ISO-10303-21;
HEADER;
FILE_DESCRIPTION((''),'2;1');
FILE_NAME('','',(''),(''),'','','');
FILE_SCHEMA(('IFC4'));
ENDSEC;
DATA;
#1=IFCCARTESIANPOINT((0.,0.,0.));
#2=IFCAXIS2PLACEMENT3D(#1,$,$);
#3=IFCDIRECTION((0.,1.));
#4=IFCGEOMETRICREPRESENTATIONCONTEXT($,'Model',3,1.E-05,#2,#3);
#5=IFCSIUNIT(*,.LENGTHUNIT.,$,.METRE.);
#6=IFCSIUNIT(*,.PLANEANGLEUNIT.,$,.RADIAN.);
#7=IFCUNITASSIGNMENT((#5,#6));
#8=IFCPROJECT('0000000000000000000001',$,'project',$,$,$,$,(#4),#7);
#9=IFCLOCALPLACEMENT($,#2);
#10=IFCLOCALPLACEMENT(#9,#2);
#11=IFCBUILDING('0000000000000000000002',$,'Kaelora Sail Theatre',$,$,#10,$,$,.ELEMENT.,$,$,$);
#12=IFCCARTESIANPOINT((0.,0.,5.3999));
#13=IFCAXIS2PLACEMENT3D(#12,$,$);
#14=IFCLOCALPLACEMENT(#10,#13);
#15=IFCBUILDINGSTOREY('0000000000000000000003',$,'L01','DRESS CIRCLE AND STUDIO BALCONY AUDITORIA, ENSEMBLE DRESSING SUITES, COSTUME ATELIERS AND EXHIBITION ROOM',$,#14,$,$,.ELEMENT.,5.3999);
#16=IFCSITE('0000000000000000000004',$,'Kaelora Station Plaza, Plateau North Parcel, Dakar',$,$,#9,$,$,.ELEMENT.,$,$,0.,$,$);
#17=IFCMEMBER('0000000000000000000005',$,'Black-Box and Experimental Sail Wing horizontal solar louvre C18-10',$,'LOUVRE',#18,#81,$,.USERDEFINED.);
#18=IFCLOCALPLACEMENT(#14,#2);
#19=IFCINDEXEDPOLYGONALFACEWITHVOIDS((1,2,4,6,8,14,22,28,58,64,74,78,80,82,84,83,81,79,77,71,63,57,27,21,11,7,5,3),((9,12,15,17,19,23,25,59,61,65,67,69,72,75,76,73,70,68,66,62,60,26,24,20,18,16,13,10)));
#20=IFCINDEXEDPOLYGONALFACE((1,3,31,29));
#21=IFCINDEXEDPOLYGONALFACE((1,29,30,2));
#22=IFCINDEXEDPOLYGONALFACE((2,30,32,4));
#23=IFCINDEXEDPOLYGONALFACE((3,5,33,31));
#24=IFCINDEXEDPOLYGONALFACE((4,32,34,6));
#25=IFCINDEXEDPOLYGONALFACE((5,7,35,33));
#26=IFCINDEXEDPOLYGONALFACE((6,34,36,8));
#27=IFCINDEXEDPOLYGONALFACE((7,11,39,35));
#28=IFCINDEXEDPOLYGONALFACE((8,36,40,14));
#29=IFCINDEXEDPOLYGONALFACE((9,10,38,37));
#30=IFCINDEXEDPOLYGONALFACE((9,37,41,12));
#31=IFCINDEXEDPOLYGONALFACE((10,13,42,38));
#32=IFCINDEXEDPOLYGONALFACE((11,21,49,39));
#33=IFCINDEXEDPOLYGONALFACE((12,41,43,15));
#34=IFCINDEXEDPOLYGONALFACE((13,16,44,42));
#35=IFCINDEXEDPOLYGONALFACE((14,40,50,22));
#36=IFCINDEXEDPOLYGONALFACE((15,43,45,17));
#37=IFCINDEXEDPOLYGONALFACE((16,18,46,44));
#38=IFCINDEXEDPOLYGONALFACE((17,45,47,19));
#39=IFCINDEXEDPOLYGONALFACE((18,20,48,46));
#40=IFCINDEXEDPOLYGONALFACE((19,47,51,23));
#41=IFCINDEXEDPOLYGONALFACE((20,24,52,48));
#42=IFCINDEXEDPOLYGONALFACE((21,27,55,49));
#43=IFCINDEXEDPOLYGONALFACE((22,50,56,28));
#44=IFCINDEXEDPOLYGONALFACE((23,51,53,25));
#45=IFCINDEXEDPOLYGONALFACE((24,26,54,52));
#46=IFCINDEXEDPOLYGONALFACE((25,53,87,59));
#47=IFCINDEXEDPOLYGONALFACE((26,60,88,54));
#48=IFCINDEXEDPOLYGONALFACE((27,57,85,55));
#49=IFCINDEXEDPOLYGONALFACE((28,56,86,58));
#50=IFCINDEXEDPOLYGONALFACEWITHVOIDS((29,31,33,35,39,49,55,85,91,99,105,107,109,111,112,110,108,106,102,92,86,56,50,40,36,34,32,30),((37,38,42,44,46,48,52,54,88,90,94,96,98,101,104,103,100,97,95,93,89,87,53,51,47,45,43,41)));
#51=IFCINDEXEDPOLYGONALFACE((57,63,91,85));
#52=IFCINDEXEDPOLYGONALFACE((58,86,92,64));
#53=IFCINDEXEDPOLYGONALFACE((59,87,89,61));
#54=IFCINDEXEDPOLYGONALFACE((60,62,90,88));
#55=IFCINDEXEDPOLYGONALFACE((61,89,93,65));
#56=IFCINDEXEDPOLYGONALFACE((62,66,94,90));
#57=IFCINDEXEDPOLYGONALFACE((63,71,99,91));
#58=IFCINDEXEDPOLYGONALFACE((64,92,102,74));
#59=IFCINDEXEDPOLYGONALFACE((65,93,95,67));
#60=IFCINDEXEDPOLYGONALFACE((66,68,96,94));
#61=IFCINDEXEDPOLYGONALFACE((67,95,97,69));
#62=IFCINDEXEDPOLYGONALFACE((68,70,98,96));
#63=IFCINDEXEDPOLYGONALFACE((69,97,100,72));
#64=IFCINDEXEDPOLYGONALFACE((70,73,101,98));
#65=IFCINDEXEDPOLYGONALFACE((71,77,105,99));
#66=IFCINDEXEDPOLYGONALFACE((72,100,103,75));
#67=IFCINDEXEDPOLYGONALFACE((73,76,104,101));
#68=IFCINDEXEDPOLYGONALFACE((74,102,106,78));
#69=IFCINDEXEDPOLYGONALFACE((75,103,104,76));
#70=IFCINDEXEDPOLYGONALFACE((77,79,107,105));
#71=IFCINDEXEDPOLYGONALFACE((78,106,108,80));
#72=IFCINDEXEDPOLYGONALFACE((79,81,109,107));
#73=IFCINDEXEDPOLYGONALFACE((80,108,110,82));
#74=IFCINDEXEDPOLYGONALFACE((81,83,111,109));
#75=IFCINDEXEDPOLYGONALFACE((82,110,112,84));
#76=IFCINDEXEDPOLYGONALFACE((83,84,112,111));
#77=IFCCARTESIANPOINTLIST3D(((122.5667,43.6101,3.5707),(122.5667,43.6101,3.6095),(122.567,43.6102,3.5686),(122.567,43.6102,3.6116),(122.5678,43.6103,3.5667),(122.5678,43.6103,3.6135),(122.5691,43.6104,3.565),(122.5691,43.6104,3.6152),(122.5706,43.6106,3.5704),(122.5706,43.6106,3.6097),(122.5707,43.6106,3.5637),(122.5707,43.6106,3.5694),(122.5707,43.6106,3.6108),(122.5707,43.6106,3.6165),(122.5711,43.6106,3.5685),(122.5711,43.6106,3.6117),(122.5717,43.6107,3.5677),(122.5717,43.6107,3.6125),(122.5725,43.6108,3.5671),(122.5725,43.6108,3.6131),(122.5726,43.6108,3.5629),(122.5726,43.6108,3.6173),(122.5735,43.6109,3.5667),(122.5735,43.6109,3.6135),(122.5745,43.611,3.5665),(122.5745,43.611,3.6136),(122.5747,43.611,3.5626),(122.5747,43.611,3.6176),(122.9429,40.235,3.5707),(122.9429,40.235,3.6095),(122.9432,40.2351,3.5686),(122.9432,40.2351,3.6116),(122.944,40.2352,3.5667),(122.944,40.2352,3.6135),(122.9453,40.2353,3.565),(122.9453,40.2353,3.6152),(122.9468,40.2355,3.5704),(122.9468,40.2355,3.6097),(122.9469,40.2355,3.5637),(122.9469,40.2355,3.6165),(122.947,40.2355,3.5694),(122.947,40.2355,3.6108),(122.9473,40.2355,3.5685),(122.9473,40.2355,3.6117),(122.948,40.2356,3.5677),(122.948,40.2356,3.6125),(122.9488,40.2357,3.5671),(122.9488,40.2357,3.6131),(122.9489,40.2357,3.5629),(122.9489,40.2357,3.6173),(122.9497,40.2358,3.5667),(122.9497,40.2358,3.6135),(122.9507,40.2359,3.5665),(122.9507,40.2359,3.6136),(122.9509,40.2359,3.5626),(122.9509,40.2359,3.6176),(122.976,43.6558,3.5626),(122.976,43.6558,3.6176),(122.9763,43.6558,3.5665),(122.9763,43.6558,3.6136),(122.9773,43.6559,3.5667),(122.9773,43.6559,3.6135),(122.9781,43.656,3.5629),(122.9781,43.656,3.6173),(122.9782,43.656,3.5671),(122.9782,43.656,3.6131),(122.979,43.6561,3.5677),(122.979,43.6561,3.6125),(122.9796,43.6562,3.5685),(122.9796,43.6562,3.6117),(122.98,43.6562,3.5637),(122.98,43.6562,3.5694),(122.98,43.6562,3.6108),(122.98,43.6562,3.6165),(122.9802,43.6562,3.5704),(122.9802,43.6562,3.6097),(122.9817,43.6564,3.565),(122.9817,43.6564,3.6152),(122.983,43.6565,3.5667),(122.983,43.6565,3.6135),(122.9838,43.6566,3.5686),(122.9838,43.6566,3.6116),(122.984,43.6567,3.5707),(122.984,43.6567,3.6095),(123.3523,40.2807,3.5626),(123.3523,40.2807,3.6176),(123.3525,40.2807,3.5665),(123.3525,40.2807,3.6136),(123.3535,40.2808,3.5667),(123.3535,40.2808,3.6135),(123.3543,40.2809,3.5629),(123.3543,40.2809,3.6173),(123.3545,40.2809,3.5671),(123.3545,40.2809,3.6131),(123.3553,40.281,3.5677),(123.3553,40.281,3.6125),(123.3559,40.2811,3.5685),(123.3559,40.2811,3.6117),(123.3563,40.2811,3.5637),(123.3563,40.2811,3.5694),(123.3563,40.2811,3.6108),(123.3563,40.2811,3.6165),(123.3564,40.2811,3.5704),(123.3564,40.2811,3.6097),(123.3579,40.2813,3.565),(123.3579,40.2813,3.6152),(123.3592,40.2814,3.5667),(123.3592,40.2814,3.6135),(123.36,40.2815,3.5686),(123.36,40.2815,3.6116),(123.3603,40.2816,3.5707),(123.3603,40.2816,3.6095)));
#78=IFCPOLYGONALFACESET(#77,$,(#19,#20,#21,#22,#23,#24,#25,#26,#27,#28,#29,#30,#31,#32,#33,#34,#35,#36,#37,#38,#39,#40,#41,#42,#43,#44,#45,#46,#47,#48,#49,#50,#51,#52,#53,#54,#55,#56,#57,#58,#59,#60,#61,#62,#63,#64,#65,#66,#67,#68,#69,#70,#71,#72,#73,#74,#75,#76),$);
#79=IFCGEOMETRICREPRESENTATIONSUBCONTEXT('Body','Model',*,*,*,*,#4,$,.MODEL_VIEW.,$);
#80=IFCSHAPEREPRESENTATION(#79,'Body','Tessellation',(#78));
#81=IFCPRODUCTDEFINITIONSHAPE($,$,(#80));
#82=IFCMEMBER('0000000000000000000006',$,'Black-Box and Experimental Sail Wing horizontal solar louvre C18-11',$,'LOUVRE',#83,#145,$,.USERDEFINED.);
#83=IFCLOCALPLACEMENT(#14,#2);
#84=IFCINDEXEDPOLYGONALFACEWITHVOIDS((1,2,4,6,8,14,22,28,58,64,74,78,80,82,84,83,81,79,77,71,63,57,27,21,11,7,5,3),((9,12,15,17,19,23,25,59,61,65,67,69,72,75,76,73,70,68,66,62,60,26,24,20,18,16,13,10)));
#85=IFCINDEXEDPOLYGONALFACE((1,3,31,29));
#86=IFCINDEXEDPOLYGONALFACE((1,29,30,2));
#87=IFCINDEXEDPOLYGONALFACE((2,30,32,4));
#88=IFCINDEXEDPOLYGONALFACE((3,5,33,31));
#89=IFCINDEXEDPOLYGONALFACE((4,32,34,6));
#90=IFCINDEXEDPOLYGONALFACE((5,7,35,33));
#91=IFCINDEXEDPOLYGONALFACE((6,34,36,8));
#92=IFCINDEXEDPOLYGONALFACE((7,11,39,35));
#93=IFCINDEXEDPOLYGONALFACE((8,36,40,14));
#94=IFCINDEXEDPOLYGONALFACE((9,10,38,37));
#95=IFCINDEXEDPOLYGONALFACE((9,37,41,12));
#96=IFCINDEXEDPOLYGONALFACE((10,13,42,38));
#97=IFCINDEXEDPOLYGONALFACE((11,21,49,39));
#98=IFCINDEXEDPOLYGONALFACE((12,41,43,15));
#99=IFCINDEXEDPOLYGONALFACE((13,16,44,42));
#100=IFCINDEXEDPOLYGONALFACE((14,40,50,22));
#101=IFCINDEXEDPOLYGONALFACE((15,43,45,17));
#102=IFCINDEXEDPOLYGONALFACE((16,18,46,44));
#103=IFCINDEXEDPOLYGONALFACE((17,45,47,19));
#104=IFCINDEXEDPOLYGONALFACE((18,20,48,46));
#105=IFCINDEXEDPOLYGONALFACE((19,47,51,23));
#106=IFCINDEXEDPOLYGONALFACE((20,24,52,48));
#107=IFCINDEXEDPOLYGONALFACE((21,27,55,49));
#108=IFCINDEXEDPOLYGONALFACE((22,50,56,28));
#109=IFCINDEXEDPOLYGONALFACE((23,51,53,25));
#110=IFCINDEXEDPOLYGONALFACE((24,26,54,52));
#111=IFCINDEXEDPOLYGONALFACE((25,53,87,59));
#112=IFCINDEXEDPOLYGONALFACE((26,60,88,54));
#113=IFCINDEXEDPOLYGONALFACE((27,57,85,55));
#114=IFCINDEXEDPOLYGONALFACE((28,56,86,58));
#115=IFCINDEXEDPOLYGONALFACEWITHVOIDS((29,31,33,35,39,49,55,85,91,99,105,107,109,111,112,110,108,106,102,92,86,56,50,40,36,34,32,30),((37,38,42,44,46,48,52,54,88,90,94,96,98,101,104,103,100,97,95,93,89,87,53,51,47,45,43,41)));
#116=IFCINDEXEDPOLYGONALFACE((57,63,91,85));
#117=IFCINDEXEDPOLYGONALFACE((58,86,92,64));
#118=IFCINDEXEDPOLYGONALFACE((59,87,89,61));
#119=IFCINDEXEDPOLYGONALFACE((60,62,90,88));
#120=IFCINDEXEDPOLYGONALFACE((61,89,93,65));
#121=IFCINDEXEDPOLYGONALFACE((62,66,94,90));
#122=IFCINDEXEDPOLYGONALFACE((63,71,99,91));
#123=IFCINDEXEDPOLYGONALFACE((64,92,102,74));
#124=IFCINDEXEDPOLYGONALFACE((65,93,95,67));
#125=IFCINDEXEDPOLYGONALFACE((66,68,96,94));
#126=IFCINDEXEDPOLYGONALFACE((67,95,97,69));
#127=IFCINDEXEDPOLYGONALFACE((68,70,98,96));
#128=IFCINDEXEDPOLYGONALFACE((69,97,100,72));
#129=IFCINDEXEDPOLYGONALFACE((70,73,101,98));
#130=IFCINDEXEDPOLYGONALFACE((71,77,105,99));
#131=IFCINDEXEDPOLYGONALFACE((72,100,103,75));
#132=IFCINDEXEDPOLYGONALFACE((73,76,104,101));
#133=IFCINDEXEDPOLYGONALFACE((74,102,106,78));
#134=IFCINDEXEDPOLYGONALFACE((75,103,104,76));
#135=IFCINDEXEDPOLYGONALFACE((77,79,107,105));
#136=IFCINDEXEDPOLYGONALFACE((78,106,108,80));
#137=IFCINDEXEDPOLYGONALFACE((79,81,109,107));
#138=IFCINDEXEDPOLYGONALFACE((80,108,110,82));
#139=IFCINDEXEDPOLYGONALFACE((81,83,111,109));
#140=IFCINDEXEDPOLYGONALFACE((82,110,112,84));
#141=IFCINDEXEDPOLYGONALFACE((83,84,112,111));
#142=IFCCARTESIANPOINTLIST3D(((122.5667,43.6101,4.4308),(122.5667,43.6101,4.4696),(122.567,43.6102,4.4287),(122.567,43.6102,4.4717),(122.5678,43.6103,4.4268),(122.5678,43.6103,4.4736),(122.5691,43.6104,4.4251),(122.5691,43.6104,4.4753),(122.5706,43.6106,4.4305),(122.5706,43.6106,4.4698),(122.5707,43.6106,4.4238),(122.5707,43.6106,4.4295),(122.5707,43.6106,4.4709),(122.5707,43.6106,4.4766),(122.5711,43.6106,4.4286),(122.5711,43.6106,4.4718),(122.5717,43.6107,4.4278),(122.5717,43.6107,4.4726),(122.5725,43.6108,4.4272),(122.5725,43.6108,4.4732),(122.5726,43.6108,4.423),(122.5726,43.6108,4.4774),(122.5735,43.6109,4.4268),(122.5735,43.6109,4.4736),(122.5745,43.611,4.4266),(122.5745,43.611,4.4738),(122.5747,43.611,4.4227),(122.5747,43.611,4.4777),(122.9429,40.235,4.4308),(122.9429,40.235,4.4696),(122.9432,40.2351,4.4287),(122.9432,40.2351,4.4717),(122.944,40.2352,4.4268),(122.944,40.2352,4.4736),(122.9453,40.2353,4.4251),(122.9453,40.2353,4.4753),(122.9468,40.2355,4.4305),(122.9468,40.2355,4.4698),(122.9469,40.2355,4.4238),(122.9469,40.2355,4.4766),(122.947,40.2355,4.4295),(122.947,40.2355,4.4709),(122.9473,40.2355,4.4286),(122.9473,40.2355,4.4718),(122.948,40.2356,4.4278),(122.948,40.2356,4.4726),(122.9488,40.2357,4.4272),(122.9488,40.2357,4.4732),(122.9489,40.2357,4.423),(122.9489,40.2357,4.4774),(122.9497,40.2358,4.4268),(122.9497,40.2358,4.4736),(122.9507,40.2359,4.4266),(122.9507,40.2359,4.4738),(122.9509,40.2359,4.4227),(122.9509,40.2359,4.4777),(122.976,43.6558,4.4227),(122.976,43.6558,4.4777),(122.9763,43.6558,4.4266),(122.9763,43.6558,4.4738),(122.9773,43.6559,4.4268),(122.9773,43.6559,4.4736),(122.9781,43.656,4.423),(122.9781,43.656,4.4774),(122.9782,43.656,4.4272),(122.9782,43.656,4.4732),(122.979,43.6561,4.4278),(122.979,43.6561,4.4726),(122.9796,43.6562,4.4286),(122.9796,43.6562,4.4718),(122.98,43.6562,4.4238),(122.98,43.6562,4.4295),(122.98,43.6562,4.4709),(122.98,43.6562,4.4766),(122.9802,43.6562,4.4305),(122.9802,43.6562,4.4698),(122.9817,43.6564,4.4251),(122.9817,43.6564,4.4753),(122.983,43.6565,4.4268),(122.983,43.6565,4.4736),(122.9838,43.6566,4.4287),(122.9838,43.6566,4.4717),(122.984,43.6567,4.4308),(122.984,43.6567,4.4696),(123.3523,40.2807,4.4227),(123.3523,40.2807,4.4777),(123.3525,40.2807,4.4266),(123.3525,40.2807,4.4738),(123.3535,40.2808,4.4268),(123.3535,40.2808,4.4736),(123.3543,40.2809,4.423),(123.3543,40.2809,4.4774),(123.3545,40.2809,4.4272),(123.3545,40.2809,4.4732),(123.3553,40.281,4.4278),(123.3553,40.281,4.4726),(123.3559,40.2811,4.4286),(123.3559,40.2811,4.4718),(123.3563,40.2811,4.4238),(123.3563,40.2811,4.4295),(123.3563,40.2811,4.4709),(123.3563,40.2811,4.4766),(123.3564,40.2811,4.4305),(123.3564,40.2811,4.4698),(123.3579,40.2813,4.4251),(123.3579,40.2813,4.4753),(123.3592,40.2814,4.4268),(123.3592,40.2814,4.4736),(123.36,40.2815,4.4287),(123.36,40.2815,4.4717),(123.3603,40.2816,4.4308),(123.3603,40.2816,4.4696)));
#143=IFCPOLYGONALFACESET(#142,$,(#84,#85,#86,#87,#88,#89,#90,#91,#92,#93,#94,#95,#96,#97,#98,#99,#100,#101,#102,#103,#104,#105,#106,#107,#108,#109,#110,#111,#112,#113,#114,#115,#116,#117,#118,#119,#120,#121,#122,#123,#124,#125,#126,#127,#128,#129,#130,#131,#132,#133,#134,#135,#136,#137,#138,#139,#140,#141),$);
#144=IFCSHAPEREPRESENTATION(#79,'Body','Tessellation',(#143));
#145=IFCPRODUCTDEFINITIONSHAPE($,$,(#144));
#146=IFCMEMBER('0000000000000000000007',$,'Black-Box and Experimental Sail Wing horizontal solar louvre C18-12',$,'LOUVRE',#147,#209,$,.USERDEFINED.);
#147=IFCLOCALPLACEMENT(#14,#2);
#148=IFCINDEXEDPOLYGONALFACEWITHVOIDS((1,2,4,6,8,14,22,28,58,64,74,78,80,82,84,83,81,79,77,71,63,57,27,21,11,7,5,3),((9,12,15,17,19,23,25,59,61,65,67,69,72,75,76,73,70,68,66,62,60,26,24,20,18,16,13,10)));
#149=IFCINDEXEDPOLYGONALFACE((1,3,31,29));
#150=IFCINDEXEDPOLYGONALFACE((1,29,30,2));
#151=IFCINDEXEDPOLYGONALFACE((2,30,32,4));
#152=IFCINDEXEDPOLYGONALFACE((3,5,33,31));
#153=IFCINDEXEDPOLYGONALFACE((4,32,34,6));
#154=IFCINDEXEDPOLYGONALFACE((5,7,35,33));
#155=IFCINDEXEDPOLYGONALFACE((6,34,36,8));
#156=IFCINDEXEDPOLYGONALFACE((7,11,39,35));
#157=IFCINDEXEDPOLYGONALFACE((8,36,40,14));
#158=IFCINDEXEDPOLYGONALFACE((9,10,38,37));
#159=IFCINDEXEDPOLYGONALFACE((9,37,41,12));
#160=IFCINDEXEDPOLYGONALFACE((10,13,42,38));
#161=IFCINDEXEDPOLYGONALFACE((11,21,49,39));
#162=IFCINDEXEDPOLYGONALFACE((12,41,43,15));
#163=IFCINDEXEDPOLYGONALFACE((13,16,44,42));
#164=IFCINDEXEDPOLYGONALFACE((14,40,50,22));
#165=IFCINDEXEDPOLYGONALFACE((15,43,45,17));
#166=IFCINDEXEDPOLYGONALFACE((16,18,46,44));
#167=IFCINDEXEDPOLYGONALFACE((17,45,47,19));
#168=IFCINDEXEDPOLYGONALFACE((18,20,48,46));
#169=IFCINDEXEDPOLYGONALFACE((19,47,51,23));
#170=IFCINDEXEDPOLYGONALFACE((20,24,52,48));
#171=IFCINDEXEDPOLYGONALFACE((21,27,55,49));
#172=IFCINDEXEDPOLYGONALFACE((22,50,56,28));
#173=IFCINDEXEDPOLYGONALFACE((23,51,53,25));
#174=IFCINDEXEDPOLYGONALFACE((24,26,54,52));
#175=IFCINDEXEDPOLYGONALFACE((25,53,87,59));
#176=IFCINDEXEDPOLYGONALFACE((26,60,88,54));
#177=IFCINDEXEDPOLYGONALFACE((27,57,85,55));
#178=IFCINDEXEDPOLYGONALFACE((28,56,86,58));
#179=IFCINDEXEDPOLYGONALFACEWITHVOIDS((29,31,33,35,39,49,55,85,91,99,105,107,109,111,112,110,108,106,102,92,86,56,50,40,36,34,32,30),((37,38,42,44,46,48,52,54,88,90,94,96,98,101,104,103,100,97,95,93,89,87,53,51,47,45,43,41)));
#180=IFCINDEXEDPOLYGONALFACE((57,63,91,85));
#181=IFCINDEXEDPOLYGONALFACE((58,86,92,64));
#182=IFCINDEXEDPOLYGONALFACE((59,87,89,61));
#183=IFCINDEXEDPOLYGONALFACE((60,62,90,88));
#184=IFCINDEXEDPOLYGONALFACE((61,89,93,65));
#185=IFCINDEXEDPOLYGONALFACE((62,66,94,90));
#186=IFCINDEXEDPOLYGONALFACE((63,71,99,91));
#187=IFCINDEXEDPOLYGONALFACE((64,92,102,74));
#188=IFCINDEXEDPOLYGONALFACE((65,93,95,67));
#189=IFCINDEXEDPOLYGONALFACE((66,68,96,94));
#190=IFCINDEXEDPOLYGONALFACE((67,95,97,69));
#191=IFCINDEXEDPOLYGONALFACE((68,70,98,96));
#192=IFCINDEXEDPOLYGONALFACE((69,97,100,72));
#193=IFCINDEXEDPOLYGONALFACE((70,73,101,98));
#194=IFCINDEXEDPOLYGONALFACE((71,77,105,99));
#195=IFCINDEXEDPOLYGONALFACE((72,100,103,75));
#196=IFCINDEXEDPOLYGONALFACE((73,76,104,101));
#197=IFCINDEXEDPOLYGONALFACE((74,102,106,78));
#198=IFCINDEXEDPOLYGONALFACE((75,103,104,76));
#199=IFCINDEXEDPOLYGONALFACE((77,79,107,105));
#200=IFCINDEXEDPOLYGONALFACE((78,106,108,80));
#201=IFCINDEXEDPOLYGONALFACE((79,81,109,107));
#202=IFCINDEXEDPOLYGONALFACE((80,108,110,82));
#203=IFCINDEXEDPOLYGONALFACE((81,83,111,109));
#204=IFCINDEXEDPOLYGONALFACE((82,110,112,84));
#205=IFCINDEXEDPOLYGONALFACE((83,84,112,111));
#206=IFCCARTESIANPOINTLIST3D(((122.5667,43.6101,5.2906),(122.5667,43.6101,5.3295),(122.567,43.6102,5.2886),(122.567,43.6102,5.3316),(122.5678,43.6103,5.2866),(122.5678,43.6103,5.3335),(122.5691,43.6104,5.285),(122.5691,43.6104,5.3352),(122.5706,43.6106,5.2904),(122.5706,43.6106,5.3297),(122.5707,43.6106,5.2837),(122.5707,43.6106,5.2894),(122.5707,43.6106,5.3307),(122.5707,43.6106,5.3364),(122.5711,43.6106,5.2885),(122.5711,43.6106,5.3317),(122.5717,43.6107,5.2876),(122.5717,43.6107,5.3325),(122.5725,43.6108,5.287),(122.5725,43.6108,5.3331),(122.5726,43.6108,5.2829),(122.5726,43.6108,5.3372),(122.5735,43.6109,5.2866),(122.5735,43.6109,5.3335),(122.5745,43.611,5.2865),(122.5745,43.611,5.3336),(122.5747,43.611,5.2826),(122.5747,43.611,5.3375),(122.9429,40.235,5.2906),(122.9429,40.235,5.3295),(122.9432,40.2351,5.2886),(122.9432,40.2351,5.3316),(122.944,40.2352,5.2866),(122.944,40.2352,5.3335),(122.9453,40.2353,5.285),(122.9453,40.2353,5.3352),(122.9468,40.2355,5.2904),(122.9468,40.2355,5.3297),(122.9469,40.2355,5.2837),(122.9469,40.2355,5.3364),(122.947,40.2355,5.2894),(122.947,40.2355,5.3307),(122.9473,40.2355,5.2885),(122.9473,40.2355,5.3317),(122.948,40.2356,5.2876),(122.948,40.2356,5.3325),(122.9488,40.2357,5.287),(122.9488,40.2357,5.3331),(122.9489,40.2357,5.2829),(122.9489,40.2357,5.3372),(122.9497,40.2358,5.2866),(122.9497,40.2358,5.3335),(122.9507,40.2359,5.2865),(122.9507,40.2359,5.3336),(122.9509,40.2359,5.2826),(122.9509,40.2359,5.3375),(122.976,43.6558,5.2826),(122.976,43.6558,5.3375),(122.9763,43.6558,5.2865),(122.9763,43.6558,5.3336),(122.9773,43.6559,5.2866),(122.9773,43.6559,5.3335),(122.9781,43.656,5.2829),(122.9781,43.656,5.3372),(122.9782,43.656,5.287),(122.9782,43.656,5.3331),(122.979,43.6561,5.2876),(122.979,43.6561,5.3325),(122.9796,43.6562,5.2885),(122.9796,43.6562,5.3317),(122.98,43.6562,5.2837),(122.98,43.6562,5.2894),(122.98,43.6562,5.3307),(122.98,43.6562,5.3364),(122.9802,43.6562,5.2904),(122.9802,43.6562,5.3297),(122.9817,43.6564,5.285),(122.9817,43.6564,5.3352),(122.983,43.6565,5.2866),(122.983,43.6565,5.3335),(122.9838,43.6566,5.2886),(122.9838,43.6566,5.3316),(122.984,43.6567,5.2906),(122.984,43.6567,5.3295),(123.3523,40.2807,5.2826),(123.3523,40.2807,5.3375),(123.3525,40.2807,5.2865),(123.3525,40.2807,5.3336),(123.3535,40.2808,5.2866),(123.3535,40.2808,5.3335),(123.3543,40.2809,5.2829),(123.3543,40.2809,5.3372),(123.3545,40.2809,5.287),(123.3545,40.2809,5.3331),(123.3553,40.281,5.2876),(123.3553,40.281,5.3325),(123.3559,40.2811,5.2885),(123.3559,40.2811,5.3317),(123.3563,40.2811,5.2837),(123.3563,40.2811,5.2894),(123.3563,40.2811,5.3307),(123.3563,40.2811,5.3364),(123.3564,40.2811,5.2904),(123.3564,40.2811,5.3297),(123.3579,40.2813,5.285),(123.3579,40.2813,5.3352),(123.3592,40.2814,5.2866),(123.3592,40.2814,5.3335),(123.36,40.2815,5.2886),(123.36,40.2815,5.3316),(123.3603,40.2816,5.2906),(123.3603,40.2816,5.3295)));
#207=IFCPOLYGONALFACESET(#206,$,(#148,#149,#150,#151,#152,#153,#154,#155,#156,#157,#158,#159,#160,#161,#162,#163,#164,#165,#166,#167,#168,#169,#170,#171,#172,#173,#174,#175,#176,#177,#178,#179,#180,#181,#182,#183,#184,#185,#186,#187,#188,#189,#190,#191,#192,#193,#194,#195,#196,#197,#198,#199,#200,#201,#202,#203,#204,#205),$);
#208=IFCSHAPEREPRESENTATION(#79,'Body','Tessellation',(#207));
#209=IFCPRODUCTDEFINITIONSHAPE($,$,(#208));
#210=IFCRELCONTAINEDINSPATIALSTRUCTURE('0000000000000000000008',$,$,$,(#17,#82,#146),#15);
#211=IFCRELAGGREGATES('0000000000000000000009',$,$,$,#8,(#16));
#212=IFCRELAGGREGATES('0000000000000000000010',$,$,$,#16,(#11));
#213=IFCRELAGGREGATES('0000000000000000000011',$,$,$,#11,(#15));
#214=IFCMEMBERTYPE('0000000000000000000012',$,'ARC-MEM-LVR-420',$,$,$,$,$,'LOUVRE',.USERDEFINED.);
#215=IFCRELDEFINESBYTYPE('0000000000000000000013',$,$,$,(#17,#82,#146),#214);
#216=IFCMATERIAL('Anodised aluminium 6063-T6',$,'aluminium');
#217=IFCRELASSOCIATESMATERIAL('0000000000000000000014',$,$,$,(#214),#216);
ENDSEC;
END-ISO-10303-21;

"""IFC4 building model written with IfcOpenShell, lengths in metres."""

from ifc_helpers import new_model, si_unit, direction, frame, origin, origin_2d, place, context, subcontext, project, spatial, hollow_rectangle, extrude, material, material_profile, profile_set, type_object, element, save


model = new_model("IFC4")

# Units and contexts
model_context = context("Model", 3, precision=1e-05, world=origin(), true_north=direction((0.0, 1.0)))
body_context = subcontext(model_context, "Body", "Model", "MODEL_VIEW")
ifc_project = project(units=[si_unit("LENGTHUNIT", "METRE"), si_unit("PLANEANGLEUNIT", "RADIAN")], contexts=[model_context])

# Site, building, storey
site_placement = place(None, origin())
site = spatial("IfcSite", under=ifc_project, at=site_placement, Name="Kaelora Station Plaza, Plateau North Parcel, Dakar", CompositionType="ELEMENT", RefElevation=0.0)
building_placement = place(site_placement, origin())
building = spatial("IfcBuilding", under=site, at=building_placement, Name="Kaelora Sail Theatre", CompositionType="ELEMENT")
storey_placement = place(building_placement, frame((0.0, 0.0, 5.3999)))
storey = spatial("IfcBuildingStorey", under=building, at=storey_placement, Name="L01", Description="DRESS CIRCLE AND STUDIO BALCONY AUDITORIA, ENSEMBLE DRESSING SUITES, COSTUME ATELIERS AND EXHIBITION ROOM", CompositionType="ELEMENT", Elevation=5.3999)

# Members
ifc_material_1 = material(Name="Anodised aluminium 6063-T6", Category="aluminium")
ifc_material_profile_1 = material_profile(ifc_material_1, hollow_rectangle(XDim=0.4199, YDim=0.0549, WallThickness=0.0039, InnerFilletRadius=0.0039, OuterFilletRadius=0.0081, at=origin_2d()), Name="LOUVRE 420x55x4")
ifc_profile_set_1 = profile_set([ifc_material_profile_1], Name="Anodised aluminium 6063-T6")
member_type_1 = type_object("IfcMemberType", Name="ARC-MEM-LVR-420", ElementType="LOUVRE", PredefinedType="USERDEFINED", material=ifc_profile_set_1)
for number, where, z_axis, x_axis, name in (
    (1, (123.1516, 40.2583, 3.5901), (-0.110787, 0.993844, 0.0), (-0.993844, -0.110787, 0.0), "Black-Box and Experimental Sail Wing horizontal solar louvre C18-10"),
    (2, (123.1516, 40.2583, 4.4502), (-0.110787, 0.993844, 0.0), (-0.993844, -0.110787, 0.0), "Black-Box and Experimental Sail Wing horizontal solar louvre C18-11"),
    (3, (123.1516, 40.2583, 5.3101), (-0.110787, 0.993844, 0.0), (-0.993844, -0.110787, 0.0), "Black-Box and Experimental Sail Wing horizontal solar louvre C18-12"),
):
    element("IfcMember", number, at=place(storey_placement, frame(where, z_axis=z_axis, x_axis=x_axis)), inside=storey, type_object=member_type_1, Name=name, ObjectType="LOUVRE", PredefinedType="USERDEFINED", context=body_context, shape_type="SweptSolid", body=[
        extrude(hollow_rectangle(XDim=0.4199, YDim=0.0549, WallThickness=0.0039, InnerFilletRadius=0.0039, OuterFilletRadius=0.0081, at=origin_2d()), origin(), (0.0, 0.0, 1.0), 3.396),
    ])

save(model, "model.ifc")
